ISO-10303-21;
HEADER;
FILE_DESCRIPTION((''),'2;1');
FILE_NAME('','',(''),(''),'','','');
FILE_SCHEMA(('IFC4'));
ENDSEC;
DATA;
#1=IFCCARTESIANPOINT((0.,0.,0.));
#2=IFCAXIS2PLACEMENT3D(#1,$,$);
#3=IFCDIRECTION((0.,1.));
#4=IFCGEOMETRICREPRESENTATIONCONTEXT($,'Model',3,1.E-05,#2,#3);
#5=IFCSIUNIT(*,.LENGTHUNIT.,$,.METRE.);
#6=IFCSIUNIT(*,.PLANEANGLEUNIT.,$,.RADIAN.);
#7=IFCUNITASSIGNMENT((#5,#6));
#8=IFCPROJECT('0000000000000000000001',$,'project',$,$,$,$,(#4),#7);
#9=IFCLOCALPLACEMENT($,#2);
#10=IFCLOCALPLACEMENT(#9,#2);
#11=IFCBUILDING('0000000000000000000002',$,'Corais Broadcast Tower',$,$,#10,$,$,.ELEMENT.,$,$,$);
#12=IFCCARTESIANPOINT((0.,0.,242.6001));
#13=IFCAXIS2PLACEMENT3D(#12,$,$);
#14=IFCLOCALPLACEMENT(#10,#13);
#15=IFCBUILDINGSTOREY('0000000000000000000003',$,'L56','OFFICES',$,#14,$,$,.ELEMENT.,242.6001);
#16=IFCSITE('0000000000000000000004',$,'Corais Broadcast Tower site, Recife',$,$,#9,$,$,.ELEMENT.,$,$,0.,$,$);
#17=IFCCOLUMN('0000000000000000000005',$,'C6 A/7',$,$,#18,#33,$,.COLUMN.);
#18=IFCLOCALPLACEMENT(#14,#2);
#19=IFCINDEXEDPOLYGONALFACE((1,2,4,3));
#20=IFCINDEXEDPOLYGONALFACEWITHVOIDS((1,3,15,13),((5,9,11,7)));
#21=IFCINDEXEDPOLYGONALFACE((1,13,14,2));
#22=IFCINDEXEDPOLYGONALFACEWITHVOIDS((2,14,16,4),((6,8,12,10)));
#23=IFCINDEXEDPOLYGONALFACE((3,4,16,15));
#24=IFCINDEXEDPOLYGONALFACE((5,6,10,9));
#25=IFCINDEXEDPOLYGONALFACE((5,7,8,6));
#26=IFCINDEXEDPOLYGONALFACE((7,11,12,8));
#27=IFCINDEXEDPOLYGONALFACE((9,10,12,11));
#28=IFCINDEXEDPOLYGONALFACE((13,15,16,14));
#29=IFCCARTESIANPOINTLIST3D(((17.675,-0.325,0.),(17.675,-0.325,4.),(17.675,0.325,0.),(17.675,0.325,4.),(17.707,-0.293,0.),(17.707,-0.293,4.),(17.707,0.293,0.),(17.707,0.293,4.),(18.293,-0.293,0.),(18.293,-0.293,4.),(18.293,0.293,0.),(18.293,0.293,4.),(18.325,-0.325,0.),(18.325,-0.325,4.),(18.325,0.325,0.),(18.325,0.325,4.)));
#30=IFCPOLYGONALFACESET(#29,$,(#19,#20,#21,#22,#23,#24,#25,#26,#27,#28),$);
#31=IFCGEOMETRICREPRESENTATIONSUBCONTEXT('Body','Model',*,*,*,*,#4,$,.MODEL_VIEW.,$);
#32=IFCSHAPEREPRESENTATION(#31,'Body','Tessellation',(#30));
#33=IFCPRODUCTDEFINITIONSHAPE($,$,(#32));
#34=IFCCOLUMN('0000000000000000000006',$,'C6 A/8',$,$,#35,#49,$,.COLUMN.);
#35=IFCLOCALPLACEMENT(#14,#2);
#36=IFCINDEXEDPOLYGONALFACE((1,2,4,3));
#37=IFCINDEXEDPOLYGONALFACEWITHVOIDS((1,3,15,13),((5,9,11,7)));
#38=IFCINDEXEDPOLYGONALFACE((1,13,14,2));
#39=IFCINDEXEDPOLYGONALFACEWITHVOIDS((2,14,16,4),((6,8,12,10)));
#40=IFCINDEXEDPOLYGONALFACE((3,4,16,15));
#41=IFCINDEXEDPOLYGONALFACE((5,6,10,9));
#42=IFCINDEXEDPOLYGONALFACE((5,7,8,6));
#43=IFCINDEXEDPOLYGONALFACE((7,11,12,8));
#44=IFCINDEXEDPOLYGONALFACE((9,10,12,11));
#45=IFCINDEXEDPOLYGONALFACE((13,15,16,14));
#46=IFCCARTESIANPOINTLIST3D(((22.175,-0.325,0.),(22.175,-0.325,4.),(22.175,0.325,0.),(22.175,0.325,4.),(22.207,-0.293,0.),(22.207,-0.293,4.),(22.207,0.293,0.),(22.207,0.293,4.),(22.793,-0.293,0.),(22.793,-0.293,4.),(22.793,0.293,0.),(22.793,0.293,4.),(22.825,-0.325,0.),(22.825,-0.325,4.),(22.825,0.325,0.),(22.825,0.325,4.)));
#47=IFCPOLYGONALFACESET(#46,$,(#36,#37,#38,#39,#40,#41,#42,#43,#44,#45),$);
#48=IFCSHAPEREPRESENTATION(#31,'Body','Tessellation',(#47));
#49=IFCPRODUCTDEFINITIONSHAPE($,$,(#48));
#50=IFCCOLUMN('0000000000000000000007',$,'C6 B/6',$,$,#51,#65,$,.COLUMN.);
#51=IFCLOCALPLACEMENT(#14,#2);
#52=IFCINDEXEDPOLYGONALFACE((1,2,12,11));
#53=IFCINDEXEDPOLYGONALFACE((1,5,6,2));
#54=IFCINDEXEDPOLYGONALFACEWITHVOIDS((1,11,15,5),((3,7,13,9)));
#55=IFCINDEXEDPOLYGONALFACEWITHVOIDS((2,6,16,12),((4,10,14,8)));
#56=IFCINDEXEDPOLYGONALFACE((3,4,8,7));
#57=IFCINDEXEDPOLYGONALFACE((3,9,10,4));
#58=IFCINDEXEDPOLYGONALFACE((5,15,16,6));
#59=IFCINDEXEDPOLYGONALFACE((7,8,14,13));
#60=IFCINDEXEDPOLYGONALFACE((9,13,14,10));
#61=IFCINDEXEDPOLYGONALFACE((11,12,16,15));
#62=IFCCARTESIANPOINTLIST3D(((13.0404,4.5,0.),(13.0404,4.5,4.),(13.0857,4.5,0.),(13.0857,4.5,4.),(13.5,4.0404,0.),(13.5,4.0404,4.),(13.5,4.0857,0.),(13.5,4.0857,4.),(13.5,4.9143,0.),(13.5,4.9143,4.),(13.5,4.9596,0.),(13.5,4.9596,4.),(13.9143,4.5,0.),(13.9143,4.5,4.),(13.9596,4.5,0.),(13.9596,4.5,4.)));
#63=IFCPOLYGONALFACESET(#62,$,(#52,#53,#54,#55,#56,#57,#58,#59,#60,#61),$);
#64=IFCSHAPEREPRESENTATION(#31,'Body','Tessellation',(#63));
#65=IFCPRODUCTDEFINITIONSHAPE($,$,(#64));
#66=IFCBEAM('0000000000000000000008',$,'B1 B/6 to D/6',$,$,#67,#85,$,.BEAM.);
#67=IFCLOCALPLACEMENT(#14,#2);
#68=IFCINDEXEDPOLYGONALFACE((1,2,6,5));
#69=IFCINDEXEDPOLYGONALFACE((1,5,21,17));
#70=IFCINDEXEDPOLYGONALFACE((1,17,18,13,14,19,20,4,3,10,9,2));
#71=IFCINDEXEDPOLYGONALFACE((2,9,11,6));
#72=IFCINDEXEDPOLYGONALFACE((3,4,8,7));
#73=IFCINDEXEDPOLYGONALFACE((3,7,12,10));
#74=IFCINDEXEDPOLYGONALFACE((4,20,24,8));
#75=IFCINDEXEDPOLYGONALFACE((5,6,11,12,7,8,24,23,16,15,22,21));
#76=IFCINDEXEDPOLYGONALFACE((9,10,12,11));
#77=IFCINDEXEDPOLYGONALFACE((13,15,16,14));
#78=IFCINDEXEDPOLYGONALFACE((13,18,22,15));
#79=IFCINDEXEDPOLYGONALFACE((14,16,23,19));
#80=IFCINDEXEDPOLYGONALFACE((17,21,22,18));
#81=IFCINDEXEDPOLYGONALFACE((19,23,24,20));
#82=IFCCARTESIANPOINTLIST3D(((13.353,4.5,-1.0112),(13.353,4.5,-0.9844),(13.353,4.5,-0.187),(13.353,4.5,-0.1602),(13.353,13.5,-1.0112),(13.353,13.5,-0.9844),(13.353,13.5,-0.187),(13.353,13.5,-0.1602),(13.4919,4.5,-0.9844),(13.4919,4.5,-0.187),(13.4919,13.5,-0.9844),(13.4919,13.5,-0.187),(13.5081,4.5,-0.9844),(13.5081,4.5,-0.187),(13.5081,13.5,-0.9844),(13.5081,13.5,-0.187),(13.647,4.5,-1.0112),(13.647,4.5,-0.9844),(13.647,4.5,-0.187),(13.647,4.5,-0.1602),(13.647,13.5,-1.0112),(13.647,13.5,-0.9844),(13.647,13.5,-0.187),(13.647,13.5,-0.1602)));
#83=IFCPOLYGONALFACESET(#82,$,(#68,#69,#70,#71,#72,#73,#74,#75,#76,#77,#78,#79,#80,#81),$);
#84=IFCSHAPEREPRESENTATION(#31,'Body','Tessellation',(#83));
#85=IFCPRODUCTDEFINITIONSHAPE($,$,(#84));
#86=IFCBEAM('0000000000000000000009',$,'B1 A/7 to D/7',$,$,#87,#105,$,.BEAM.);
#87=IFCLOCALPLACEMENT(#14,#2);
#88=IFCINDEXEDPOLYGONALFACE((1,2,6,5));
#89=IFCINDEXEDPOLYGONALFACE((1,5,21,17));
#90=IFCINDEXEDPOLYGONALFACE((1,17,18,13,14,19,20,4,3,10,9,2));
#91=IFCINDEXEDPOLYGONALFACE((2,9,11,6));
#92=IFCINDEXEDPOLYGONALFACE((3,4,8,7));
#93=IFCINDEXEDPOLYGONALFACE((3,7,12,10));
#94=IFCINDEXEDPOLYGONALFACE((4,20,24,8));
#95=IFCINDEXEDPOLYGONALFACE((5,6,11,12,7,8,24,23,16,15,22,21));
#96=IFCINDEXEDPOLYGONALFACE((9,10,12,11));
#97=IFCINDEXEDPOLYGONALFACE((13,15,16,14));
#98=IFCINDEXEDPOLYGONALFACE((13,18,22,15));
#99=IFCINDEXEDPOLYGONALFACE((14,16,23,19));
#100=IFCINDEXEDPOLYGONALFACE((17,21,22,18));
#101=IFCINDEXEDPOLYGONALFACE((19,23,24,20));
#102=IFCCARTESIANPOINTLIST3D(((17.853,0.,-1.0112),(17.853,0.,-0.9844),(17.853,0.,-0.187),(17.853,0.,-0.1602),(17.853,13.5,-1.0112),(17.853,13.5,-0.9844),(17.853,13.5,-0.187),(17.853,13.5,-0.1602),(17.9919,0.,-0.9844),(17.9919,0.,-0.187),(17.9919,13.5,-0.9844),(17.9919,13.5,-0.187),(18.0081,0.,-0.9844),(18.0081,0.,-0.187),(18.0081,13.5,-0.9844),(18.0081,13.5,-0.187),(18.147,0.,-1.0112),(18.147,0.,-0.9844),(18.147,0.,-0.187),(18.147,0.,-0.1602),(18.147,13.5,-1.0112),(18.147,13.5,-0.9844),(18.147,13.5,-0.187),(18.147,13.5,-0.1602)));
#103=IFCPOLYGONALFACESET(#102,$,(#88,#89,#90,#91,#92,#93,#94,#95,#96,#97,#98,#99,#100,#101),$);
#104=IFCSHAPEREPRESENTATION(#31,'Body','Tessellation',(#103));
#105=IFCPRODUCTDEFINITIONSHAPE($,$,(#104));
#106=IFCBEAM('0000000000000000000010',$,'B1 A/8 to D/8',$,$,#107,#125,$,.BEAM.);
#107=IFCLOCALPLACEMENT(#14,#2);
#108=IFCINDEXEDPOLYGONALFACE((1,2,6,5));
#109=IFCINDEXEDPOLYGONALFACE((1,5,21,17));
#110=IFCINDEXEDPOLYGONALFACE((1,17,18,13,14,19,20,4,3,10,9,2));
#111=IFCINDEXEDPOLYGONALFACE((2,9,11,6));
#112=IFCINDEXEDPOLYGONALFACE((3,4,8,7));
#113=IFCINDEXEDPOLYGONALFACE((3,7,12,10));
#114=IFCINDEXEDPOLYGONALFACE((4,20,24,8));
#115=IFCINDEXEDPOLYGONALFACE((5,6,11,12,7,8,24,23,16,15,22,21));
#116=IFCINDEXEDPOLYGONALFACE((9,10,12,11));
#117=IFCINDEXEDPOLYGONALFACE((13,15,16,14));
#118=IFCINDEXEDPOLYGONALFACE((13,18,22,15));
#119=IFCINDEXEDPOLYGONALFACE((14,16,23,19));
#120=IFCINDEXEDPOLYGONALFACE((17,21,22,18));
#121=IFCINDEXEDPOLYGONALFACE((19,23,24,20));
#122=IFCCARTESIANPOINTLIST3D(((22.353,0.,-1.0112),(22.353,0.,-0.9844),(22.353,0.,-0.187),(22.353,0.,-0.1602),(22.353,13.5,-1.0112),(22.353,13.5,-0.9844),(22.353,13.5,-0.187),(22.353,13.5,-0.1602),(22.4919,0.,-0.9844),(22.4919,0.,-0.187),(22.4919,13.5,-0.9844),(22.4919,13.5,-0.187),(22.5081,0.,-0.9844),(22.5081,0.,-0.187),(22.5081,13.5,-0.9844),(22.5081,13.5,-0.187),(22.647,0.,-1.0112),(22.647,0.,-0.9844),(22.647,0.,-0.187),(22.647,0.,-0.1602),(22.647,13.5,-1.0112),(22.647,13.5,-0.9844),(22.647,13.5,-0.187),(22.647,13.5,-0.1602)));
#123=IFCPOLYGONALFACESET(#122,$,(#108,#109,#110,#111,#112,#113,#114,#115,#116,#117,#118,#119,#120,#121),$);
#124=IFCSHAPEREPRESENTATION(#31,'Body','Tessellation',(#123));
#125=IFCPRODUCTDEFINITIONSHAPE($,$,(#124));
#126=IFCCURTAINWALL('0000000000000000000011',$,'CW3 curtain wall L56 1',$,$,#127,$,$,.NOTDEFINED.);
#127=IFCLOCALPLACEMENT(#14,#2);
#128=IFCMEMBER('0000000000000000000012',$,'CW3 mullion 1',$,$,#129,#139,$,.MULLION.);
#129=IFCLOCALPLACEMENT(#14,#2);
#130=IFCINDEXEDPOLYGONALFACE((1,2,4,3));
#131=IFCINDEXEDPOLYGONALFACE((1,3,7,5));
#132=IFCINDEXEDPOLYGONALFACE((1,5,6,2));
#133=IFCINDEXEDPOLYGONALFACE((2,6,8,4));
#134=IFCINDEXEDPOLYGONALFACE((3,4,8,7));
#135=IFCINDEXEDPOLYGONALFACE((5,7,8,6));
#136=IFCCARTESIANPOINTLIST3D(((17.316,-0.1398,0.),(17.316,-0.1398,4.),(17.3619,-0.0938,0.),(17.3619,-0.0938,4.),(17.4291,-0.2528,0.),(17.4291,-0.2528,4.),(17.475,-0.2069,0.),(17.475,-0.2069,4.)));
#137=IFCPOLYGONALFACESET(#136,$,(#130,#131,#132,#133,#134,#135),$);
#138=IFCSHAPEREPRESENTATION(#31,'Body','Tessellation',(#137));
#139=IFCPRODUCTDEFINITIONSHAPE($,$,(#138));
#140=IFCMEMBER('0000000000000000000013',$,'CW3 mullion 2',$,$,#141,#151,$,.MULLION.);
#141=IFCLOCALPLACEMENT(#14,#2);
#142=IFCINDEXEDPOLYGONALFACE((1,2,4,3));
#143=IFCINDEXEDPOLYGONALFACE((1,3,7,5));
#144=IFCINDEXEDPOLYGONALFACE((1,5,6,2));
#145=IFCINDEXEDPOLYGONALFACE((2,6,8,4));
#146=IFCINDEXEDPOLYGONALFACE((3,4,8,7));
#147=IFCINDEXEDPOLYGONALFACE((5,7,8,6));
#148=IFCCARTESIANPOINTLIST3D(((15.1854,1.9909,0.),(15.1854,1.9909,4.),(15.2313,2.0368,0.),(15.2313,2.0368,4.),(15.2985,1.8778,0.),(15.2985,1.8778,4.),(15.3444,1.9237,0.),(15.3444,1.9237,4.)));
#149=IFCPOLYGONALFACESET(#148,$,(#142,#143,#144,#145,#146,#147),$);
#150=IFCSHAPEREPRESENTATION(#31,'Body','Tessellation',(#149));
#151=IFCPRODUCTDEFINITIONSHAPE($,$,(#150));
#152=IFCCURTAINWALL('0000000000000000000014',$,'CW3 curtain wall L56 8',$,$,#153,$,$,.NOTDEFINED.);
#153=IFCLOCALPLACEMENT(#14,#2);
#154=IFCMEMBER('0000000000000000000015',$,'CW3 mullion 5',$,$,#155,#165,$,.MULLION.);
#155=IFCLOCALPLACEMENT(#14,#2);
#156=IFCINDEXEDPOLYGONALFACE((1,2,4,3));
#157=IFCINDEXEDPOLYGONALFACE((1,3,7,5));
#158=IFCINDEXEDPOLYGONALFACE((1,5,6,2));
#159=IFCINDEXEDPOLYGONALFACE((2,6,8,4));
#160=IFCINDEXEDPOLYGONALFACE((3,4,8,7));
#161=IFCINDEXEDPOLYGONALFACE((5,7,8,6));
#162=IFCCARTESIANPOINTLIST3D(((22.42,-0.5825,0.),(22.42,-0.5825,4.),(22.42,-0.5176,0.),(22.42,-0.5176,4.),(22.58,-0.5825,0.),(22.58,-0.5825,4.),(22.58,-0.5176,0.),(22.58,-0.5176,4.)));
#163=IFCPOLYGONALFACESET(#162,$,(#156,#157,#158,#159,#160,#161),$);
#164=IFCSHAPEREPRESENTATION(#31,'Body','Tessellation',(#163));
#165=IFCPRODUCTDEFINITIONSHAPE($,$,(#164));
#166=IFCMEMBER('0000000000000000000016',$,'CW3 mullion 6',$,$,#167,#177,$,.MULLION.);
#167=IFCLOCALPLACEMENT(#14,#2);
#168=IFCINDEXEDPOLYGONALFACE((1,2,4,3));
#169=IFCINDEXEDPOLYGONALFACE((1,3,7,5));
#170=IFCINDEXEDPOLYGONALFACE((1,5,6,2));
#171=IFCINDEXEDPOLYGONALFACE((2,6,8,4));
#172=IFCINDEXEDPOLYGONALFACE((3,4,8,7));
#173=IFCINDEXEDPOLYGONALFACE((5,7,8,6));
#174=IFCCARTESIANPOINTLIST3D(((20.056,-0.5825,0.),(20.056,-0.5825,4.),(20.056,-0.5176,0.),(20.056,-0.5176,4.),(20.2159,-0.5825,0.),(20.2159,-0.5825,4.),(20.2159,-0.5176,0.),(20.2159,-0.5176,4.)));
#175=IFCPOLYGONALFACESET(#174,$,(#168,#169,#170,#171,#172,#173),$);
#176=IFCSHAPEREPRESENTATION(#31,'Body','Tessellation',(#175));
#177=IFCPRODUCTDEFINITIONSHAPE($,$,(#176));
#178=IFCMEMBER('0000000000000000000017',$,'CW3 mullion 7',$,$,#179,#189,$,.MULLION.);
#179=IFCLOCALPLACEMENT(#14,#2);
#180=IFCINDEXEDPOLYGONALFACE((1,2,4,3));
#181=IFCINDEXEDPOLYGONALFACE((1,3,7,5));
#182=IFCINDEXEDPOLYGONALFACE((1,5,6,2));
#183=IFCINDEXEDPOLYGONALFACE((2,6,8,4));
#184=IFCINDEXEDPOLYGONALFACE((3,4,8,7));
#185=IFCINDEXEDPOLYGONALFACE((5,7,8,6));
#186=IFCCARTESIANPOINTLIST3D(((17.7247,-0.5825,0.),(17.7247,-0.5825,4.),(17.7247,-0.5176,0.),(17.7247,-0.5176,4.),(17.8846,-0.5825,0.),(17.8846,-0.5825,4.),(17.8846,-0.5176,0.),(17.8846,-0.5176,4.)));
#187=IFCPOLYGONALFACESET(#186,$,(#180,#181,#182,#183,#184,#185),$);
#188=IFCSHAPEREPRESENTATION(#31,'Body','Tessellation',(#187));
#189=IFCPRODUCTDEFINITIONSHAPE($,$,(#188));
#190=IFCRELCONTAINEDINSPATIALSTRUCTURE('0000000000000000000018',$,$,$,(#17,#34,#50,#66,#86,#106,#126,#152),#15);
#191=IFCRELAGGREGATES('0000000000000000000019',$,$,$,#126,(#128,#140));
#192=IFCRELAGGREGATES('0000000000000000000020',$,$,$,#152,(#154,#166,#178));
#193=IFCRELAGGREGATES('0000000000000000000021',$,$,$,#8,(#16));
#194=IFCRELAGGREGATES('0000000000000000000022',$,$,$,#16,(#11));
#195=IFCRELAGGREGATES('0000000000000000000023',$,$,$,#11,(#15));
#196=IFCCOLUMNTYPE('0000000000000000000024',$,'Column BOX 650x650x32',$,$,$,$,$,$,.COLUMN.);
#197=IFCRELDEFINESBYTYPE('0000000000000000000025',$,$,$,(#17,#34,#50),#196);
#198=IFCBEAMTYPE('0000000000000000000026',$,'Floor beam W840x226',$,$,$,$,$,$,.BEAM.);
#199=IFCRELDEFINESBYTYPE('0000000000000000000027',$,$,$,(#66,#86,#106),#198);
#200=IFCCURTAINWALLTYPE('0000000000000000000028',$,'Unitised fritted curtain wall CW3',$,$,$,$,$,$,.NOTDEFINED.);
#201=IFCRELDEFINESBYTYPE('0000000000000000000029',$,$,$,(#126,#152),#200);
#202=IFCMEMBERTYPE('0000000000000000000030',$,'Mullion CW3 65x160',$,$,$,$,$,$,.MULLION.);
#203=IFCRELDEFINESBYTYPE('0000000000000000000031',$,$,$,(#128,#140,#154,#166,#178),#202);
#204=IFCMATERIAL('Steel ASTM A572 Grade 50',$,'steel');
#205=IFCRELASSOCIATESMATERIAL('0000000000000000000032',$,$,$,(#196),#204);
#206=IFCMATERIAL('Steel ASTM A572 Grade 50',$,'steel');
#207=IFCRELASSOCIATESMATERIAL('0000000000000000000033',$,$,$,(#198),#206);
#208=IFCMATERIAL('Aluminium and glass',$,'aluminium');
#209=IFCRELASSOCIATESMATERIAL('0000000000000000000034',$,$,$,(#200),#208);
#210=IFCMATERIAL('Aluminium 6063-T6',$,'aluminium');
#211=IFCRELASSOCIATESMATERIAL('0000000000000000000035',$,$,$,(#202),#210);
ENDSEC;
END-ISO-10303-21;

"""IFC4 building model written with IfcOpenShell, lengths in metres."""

from ifc_helpers import new_model, si_unit, direction, frame, origin, origin_2d, place, context, subcontext, project, spatial, rectangle, hollow_rectangle, i_section, extrude, material, material_profile, profile_set, type_object, element, aggregate, save


model = new_model("IFC4")

# Units and contexts
model_context = context("Model", 3, precision=1e-05, world=origin(), true_north=direction((0.0, 1.0)))
body_context = subcontext(model_context, "Body", "Model", "MODEL_VIEW")
ifc_project = project(units=[si_unit("LENGTHUNIT", "METRE"), si_unit("PLANEANGLEUNIT", "RADIAN")], contexts=[model_context])

# Site, building, storey
site_placement = place(None, origin())
site = spatial("IfcSite", under=ifc_project, at=site_placement, Name="Corais Broadcast Tower site, Recife", CompositionType="ELEMENT", RefElevation=0.0)
building_placement = place(site_placement, origin())
building = spatial("IfcBuilding", under=site, at=building_placement, Name="Corais Broadcast Tower", CompositionType="ELEMENT")
storey_placement = place(building_placement, frame((0.0, 0.0, 242.6001)))
storey = spatial("IfcBuildingStorey", under=building, at=storey_placement, Name="L56", Description="OFFICES", CompositionType="ELEMENT", Elevation=242.6001)

# Columns
ifc_material_1 = material(Name="Steel ASTM A572 Grade 50", Category="steel")
ifc_material_profile_1 = material_profile(ifc_material_1, hollow_rectangle(XDim=0.6499, YDim=0.6499, WallThickness=0.032, at=origin_2d()), Name="BOX 650x650x32")
ifc_profile_set_1 = profile_set([ifc_material_profile_1], Name="Steel ASTM A572 Grade 50")
column_type = type_object("IfcColumnType", Name="Column BOX 650x650x32", PredefinedType="COLUMN", material=ifc_profile_set_1)
for number, where, z_axis, x_axis, name in (
    (1, (18.0, 0.0, 0.0), (0.0, 0.0, 1.0), (1.0, 0.0, 0.0), "C6 A/7"),
    (2, (22.5, 0.0, 0.0), (0.0, 0.0, 1.0), (1.0, 0.0, 0.0), "C6 A/8"),
    (3, (13.5, 4.5, 0.0), (0.0, 0.0, 1.0), (0.707107, 0.707107, 0.0), "C6 B/6"),
):
    element("IfcColumn", number, at=place(storey_placement, frame(where, z_axis=z_axis, x_axis=x_axis)), inside=storey, type_object=column_type, Name=name, PredefinedType="COLUMN", context=body_context, shape_type="SweptSolid", body=[
        extrude(hollow_rectangle(XDim=0.6499, YDim=0.6499, WallThickness=0.032, at=origin_2d()), origin(), (0.0, 0.0, 1.0), 4.0),
    ])

# Beams
ifc_material_2 = material(Name="Steel ASTM A572 Grade 50", Category="steel")
ifc_material_profile_2 = material_profile(ifc_material_2, i_section(OverallWidth=0.2939, OverallDepth=0.8511, WebThickness=0.0161, FlangeThickness=0.0269, at=origin_2d()), Name="W840x226")
ifc_profile_set_2 = profile_set([ifc_material_profile_2], Name="Steel ASTM A572 Grade 50")
beam_type_1 = type_object("IfcBeamType", Name="Floor beam W840x226", PredefinedType="BEAM", material=ifc_profile_set_2)
beam_1_placement = place(storey_placement, frame((13.5, 4.5, -0.5857), z_axis=(0.0, 1.0, 0.0), x_axis=(-1.0, 0.0, 0.0)))
element("IfcBeam", 4, at=beam_1_placement, inside=storey, type_object=beam_type_1, Name="B1 B/6 to D/6", PredefinedType="BEAM", context=body_context, shape_type="SweptSolid", body=[
    extrude(i_section(OverallWidth=0.2939, OverallDepth=0.8511, WebThickness=0.0161, FlangeThickness=0.0269, at=origin_2d()), origin(), (0.0, 0.0, 1.0), 9.0),
])
for number, where, z_axis, x_axis, name in (
    (5, (18.0, 0.0, -0.5857), (0.0, 1.0, 0.0), (-1.0, 0.0, 0.0), "B1 A/7 to D/7"),
    (6, (22.5, 0.0, -0.5857), (0.0, 1.0, 0.0), (-1.0, 0.0, 0.0), "B1 A/8 to D/8"),
):
    element("IfcBeam", number, at=place(storey_placement, frame(where, z_axis=z_axis, x_axis=x_axis)), inside=storey, type_object=beam_type_1, Name=name, PredefinedType="BEAM", context=body_context, shape_type="SweptSolid", body=[
        extrude(i_section(OverallWidth=0.2939, OverallDepth=0.8511, WebThickness=0.0161, FlangeThickness=0.0269, at=origin_2d()), origin(), (0.0, 0.0, 1.0), 13.5),
    ])

# Curtain walls, members
ifc_material_3 = material(Name="Aluminium and glass", Category="aluminium")
curtain_wall_type = type_object("IfcCurtainWallType", Name="Unitised fritted curtain wall CW3", PredefinedType="NOTDEFINED", material=ifc_material_3)
curtain_wall_1_placement = place(storey_placement, origin())
curtain_wall_1 = element("IfcCurtainWall", 7, at=curtain_wall_1_placement, inside=storey, type_object=curtain_wall_type, Name="CW3 curtain wall L56 1", PredefinedType="NOTDEFINED")
ifc_material_4 = material(Name="Aluminium 6063-T6", Category="aluminium")
ifc_material_profile_3 = material_profile(ifc_material_4, rectangle(XDim=0.0649, YDim=0.1599, at=origin_2d()), Name="Mullion CW3 65x160")
ifc_profile_set_3 = profile_set([ifc_material_profile_3], Name="Aluminium 6063-T6")
member_type_1 = type_object("IfcMemberType", Name="Mullion CW3 65x160", PredefinedType="MULLION", material=ifc_profile_set_3)
member_1_placement = place(storey_placement, frame((17.3955, -0.1733, 0.0), z_axis=(0.0, 0.0, 1.0), x_axis=(-0.707107, -0.707107, 0.0)))
member_1 = element("IfcMember", 8, at=member_1_placement, type_object=member_type_1, Name="CW3 mullion 1", PredefinedType="MULLION", context=body_context, shape_type="SweptSolid", body=[
    extrude(rectangle(XDim=0.0649, YDim=0.1599, at=origin_2d()), origin(), (0.0, 0.0, 1.0), 4.0),
])
member_2_placement = place(storey_placement, frame((15.2649, 1.9573, 0.0), z_axis=(0.0, 0.0, 1.0), x_axis=(-0.707107, -0.707107, 0.0)))
member_2 = element("IfcMember", 9, at=member_2_placement, type_object=member_type_1, Name="CW3 mullion 2", PredefinedType="MULLION", context=body_context, shape_type="SweptSolid", body=[
    extrude(rectangle(XDim=0.0649, YDim=0.1599, at=origin_2d()), origin(), (0.0, 0.0, 1.0), 4.0),
])
curtain_wall_2_placement = place(storey_placement, origin())
curtain_wall_2 = element("IfcCurtainWall", 10, at=curtain_wall_2_placement, inside=storey, type_object=curtain_wall_type, Name="CW3 curtain wall L56 8", PredefinedType="NOTDEFINED")
member_3_placement = place(storey_placement, frame((22.5, -0.55, 0.0), z_axis=(0.0, 0.0, 1.0), x_axis=(0.0, -1.0, 0.0)))
member_3 = element("IfcMember", 11, at=member_3_placement, type_object=member_type_1, Name="CW3 mullion 5", PredefinedType="MULLION", context=body_context, shape_type="SweptSolid", body=[
    extrude(rectangle(XDim=0.0649, YDim=0.1599, at=origin_2d()), origin(), (0.0, 0.0, 1.0), 4.0),
])
member_4_placement = place(storey_placement, frame((20.136, -0.55, 0.0), z_axis=(0.0, 0.0, 1.0), x_axis=(0.0, -1.0, 0.0)))
member_4 = element("IfcMember", 12, at=member_4_placement, type_object=member_type_1, Name="CW3 mullion 6", PredefinedType="MULLION", context=body_context, shape_type="SweptSolid", body=[
    extrude(rectangle(XDim=0.0649, YDim=0.1599, at=origin_2d()), origin(), (0.0, 0.0, 1.0), 4.0),
])
member_5_placement = place(storey_placement, frame((17.8047, -0.55, 0.0), z_axis=(0.0, 0.0, 1.0), x_axis=(0.0, -1.0, 0.0)))
member_5 = element("IfcMember", 13, at=member_5_placement, type_object=member_type_1, Name="CW3 mullion 7", PredefinedType="MULLION", context=body_context, shape_type="SweptSolid", body=[
    extrude(rectangle(XDim=0.0649, YDim=0.1599, at=origin_2d()), origin(), (0.0, 0.0, 1.0), 4.0),
])

aggregate(curtain_wall_1, [member_1, member_2])
aggregate(curtain_wall_2, [member_3, member_4, member_5])

save(model, "model.ifc")
